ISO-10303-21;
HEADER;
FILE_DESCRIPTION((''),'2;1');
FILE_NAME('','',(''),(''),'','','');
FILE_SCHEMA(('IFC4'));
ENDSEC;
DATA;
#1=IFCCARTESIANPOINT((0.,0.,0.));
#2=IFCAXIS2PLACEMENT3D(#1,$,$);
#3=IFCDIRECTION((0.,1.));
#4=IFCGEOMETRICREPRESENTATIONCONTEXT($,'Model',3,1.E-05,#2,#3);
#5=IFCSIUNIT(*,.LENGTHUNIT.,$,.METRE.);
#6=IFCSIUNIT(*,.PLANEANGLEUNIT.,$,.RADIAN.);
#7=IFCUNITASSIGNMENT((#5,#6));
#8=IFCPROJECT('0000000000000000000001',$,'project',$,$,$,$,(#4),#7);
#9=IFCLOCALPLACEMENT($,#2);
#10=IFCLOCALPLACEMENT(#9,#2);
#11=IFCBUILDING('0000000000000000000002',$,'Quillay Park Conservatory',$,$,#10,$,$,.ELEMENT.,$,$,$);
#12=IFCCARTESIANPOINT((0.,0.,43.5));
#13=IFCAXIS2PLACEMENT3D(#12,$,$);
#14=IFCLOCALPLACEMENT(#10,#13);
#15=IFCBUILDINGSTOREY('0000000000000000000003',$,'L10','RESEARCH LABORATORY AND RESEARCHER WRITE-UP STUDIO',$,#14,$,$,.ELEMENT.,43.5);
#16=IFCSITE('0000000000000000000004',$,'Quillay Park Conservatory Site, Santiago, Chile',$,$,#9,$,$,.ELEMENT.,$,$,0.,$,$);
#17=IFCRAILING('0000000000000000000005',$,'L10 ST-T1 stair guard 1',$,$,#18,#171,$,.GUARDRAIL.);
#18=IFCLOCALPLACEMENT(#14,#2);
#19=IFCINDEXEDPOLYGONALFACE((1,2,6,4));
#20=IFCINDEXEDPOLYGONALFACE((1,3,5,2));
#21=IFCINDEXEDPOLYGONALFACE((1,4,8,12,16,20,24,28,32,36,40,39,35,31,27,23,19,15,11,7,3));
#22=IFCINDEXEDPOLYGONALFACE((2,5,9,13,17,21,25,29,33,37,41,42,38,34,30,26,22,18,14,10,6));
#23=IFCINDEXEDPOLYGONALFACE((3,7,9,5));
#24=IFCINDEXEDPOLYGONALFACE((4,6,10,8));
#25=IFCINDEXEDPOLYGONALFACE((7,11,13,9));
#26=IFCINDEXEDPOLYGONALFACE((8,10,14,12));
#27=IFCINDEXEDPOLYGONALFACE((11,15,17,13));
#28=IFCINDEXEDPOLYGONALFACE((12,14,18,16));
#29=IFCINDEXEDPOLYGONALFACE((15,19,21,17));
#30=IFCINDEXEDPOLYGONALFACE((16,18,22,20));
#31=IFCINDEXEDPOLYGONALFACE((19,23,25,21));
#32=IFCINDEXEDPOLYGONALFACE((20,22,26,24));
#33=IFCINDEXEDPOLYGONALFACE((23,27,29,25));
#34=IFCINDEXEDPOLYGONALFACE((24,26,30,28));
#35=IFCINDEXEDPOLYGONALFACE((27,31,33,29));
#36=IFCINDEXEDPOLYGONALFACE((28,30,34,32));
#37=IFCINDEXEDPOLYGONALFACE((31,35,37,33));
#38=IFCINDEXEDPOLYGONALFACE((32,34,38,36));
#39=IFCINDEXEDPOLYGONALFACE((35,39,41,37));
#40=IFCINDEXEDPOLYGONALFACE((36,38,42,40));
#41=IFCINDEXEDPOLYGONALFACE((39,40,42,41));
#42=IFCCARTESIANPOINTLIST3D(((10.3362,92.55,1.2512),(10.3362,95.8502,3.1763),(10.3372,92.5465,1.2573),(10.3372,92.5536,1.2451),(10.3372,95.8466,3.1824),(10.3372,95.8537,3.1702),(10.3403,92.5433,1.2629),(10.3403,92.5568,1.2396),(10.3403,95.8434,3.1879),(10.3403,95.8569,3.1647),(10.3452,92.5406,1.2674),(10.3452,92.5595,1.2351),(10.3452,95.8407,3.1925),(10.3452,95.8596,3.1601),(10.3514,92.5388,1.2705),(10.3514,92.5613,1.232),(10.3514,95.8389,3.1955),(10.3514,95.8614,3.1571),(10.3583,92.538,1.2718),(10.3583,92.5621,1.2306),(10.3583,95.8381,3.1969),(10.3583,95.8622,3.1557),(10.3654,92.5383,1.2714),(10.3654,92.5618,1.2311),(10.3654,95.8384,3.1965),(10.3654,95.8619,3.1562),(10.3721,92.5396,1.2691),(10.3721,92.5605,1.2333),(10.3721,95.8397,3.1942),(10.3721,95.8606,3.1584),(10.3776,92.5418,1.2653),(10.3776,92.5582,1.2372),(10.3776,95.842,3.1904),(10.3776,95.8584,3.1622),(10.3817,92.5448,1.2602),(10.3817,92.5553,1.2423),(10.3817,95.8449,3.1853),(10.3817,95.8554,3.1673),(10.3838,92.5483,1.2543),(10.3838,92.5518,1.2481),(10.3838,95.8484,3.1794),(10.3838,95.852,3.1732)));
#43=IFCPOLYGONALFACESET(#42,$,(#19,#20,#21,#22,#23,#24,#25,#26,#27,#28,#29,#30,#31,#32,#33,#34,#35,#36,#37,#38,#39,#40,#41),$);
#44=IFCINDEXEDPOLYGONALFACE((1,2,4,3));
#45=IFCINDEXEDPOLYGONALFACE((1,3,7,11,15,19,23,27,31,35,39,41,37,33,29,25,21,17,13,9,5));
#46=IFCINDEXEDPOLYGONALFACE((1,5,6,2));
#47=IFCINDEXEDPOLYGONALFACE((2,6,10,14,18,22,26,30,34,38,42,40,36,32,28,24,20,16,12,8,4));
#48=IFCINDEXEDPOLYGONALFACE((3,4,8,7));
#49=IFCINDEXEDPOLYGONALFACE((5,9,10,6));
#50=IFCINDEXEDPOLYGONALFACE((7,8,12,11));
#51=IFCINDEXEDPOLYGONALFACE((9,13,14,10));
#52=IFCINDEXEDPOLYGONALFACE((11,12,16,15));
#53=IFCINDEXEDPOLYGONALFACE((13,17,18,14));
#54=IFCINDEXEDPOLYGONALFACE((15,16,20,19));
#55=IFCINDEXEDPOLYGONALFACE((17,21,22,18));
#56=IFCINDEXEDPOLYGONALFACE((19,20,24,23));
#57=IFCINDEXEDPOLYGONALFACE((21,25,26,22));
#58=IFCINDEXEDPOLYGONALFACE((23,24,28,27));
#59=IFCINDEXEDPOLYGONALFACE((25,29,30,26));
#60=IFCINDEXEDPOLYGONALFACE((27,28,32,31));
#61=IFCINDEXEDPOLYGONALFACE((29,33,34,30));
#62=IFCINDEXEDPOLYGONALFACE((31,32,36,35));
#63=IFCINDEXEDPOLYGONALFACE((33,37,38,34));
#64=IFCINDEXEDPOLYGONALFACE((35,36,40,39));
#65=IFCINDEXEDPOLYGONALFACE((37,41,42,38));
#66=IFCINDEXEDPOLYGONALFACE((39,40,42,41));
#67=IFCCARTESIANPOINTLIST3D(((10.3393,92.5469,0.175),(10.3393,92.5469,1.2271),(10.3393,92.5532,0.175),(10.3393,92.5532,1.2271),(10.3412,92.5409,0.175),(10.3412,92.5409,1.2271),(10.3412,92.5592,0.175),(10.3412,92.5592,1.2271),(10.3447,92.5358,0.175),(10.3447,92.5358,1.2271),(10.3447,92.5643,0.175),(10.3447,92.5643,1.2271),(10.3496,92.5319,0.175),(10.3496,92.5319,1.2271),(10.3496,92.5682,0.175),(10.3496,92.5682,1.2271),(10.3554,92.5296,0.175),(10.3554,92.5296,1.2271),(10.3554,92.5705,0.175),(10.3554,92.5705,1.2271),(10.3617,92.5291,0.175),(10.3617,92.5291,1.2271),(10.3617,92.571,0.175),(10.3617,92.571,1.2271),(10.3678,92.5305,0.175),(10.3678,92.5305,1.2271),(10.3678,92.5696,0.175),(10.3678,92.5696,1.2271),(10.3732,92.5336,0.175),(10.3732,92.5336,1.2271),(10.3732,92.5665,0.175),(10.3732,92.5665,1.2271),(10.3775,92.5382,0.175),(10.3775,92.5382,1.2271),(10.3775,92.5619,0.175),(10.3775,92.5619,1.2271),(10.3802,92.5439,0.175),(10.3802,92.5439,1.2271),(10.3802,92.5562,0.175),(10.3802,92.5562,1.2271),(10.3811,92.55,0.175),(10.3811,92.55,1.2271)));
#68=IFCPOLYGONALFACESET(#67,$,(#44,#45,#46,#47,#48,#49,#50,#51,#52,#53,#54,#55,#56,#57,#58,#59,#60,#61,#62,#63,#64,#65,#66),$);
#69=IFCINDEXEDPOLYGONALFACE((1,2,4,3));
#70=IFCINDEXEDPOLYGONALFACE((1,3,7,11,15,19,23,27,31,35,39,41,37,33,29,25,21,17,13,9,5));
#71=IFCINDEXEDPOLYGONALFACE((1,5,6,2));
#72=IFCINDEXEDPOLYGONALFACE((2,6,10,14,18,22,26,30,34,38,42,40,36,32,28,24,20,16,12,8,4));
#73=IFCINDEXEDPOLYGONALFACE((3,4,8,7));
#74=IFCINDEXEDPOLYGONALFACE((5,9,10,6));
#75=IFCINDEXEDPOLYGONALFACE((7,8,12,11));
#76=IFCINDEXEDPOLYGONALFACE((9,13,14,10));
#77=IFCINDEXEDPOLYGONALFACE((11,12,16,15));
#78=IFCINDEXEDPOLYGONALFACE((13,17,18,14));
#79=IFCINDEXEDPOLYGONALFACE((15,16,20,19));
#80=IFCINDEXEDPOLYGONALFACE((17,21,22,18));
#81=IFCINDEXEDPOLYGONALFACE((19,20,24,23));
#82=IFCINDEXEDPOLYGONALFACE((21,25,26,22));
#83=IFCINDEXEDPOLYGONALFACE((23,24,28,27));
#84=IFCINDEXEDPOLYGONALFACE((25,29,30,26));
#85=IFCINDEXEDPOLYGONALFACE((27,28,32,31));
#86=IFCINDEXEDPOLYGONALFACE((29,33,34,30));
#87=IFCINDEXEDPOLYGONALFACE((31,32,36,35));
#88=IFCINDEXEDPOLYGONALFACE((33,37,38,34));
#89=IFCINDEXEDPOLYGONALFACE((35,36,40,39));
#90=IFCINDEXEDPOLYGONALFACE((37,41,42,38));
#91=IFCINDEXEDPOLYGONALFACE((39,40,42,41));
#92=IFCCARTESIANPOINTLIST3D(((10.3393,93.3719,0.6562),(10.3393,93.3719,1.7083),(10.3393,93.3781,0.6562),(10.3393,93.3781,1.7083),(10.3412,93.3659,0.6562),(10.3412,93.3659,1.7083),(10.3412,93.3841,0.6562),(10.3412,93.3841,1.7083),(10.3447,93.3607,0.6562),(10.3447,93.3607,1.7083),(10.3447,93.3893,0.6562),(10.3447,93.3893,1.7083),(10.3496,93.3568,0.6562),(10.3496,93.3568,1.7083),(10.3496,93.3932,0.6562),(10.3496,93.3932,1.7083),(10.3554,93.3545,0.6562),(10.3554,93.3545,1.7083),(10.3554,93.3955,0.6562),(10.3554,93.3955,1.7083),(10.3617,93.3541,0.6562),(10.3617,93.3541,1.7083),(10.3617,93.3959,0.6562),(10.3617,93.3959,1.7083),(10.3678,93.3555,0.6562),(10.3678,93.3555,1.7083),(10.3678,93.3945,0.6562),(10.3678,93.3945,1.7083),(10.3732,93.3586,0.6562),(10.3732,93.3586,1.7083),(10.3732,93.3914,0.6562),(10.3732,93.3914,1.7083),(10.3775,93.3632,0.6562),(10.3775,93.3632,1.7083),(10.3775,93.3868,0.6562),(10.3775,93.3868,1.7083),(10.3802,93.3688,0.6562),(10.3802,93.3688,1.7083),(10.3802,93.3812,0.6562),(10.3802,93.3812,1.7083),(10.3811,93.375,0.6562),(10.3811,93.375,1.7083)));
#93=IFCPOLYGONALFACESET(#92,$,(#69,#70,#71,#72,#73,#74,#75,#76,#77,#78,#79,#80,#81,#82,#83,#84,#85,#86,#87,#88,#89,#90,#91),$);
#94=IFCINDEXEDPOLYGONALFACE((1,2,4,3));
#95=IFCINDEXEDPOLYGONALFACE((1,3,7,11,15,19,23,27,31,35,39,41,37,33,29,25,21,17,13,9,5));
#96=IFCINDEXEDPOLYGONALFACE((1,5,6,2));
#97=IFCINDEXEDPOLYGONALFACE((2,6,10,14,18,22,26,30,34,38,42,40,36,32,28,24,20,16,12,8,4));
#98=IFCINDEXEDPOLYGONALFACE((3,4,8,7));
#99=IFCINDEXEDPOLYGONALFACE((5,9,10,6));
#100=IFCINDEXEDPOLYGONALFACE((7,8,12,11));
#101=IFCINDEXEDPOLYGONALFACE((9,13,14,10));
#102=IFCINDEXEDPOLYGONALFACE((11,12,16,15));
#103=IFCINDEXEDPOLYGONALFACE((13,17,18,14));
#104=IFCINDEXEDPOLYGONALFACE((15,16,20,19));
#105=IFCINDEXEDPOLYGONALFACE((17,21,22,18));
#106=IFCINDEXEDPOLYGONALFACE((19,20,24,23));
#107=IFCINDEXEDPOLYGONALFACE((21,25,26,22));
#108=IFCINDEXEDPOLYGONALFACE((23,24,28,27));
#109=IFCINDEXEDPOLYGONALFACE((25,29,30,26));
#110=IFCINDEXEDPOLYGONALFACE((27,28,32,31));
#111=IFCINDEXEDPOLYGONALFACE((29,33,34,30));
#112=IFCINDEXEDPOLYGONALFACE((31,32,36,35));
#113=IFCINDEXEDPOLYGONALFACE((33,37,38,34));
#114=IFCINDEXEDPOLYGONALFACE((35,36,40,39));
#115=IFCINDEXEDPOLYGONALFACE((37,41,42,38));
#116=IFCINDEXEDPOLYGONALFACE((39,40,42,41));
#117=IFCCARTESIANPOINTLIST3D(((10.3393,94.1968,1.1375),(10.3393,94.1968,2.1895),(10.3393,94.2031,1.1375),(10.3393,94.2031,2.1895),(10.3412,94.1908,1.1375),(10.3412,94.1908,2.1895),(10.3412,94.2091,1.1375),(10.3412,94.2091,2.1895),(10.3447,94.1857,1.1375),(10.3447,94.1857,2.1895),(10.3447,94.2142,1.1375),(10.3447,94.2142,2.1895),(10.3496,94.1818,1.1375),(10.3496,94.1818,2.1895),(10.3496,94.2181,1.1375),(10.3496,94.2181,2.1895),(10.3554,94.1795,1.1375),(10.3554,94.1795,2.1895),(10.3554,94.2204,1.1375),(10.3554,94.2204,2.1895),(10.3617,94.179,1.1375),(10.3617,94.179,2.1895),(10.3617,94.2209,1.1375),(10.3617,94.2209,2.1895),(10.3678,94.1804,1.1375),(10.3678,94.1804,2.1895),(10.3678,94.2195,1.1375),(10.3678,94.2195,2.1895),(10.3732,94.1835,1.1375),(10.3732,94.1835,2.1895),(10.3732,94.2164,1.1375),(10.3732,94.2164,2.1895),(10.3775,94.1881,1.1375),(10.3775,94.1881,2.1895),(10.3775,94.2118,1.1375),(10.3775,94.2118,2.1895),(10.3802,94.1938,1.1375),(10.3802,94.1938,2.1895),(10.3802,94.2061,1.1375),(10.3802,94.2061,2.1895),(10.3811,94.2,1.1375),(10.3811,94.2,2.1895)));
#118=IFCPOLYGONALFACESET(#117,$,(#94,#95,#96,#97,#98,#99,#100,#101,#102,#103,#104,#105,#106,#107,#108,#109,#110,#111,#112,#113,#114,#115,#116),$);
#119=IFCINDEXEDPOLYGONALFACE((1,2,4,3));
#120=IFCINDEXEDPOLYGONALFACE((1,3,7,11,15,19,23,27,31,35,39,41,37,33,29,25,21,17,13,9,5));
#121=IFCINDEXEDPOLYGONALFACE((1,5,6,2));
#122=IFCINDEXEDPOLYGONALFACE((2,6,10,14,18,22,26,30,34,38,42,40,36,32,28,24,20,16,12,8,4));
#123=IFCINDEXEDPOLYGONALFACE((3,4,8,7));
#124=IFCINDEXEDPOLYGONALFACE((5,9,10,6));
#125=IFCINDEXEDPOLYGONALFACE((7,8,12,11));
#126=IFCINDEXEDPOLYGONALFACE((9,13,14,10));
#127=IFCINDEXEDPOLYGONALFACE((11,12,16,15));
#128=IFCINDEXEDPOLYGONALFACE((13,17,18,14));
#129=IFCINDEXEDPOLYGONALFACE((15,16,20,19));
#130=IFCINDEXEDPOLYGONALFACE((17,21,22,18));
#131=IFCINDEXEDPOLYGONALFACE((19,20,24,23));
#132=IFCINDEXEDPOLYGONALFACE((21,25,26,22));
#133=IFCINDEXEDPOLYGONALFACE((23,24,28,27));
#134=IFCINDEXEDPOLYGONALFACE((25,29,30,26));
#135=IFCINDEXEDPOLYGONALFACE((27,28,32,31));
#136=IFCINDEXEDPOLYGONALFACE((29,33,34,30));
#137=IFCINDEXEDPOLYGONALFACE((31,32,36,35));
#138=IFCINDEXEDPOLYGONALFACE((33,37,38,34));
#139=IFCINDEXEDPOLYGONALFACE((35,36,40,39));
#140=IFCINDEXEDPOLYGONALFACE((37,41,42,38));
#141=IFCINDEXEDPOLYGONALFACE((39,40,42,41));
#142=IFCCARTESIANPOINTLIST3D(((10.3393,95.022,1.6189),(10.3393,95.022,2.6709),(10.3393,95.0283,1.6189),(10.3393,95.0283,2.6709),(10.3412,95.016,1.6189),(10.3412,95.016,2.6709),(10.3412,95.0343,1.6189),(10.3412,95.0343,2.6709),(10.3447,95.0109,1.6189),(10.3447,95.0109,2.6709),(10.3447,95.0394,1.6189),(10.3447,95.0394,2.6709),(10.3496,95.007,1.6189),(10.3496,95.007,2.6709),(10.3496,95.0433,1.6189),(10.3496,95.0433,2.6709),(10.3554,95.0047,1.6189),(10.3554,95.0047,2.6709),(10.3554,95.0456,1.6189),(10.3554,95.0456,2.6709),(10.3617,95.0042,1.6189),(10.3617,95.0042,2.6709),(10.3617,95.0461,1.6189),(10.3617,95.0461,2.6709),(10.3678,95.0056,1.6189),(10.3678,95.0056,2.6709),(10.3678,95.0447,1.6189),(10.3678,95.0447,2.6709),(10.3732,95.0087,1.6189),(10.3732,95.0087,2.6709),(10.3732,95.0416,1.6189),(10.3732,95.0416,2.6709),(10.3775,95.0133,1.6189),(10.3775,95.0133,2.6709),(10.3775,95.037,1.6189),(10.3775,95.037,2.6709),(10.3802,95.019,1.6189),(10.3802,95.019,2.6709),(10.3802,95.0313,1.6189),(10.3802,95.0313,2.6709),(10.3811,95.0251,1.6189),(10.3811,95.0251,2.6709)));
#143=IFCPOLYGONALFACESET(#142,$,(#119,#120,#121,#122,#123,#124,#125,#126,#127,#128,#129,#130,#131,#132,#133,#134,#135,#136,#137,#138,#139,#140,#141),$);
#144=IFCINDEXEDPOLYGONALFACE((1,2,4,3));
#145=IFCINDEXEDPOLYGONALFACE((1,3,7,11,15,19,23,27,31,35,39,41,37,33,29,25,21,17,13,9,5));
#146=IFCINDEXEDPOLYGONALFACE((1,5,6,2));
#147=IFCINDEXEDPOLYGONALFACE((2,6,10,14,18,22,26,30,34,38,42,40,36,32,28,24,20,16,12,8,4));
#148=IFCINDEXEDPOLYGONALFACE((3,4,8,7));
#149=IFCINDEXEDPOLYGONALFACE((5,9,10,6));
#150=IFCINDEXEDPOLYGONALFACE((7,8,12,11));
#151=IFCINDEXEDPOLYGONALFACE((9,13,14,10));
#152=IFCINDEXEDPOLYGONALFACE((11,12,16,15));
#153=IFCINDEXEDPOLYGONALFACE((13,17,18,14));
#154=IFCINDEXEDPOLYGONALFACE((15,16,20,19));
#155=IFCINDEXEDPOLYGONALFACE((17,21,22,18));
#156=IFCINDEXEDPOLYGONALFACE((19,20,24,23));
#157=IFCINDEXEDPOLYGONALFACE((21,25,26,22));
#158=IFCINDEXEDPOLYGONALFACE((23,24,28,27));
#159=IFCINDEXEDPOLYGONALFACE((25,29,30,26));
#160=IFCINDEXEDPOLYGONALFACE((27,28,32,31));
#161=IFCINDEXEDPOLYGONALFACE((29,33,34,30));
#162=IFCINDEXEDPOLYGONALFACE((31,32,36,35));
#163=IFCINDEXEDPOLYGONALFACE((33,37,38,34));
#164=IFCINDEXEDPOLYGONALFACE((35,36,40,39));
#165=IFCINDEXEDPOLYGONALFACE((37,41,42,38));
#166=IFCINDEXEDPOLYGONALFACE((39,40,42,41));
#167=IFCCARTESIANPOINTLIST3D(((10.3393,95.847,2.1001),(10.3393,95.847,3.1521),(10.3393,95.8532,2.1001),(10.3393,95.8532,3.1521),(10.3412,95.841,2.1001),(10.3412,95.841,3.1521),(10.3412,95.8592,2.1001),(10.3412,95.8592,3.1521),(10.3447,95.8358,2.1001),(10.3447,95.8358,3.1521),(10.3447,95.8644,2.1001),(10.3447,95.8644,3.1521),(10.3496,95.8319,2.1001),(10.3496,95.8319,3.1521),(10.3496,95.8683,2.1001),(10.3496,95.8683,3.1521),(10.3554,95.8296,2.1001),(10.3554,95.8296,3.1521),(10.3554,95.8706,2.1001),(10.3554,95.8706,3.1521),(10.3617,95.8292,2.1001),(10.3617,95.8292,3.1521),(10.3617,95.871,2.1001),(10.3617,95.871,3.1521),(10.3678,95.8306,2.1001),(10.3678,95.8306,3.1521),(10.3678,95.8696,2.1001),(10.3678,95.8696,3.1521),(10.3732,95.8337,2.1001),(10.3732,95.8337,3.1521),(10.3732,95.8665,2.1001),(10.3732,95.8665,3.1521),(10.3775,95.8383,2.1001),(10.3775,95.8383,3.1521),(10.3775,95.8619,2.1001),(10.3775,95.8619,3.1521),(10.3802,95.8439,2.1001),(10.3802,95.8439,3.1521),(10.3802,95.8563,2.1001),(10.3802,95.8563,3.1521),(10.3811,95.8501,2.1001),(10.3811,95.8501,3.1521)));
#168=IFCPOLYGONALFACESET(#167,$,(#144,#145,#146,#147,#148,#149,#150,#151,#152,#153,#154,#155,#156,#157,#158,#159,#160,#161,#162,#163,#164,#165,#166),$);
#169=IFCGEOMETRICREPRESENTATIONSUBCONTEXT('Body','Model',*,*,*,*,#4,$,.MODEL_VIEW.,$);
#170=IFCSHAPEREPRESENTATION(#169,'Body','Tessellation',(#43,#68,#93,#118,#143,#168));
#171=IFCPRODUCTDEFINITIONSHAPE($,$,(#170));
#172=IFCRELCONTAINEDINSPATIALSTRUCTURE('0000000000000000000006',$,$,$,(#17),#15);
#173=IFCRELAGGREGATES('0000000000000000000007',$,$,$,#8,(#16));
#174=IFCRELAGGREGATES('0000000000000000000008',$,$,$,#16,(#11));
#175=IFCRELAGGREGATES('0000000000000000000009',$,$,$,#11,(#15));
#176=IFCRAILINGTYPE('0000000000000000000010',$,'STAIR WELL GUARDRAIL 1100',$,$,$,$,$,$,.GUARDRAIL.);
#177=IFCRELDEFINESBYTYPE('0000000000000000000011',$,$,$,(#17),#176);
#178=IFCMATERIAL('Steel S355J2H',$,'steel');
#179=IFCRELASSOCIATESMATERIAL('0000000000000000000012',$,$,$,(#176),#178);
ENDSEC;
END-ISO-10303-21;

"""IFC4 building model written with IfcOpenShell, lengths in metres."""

from ifc_helpers import new_model, si_unit, direction, frame, origin, origin_2d, place, context, subcontext, project, spatial, circle, extrude, material, type_object, element, save


model = new_model("IFC4")

# Units and contexts
model_context = context("Model", 3, precision=1e-05, world=origin(), true_north=direction((0.0, 1.0)))
body_context = subcontext(model_context, "Body", "Model", "MODEL_VIEW")
ifc_project = project(units=[si_unit("LENGTHUNIT", "METRE"), si_unit("PLANEANGLEUNIT", "RADIAN")], contexts=[model_context])

# Site, building, storey
site_placement = place(None, origin())
site = spatial("IfcSite", under=ifc_project, at=site_placement, Name="Quillay Park Conservatory Site, Santiago, Chile", CompositionType="ELEMENT", RefElevation=0.0)
building_placement = place(site_placement, origin())
building = spatial("IfcBuilding", under=site, at=building_placement, Name="Quillay Park Conservatory", CompositionType="ELEMENT")
storey_placement = place(building_placement, frame((0.0, 0.0, 43.5)))
storey = spatial("IfcBuildingStorey", under=building, at=storey_placement, Name="L10", Description="RESEARCH LABORATORY AND RESEARCHER WRITE-UP STUDIO", CompositionType="ELEMENT", Elevation=43.5)

# Railing
ifc_material_1 = material(Name="Steel S355J2H", Category="steel")
railing_type_1 = type_object("IfcRailingType", Name="STAIR WELL GUARDRAIL 1100", PredefinedType="GUARDRAIL", material=ifc_material_1)
railing_1_placement = place(storey_placement, frame((10.3601, 92.55, 0.175)))
element("IfcRailing", 1, at=railing_1_placement, inside=storey, type_object=railing_type_1, Name="L10 ST-T1 stair guard 1", PredefinedType="GUARDRAIL", context=body_context, shape_type="SweptSolid", body=[
    extrude(circle(Radius=0.0239, at=origin_2d()), frame((0.0, 0.0, 1.0762), z_axis=(0.0, 0.863777, 0.503875), x_axis=(-1.0, 0.0, 0.0)), (0.0, 0.0, 1.0), 3.8206),
    extrude(circle(Radius=0.021, at=origin_2d()), origin(), (0.0, 0.0, 1.0), 1.052),
    extrude(circle(Radius=0.021, at=origin_2d()), frame((0.0, 0.825, 0.4812)), (0.0, 0.0, 1.0), 1.052),
    extrude(circle(Radius=0.021, at=origin_2d()), frame((0.0, 1.6499, 0.9624)), (0.0, 0.0, 1.0), 1.052),
    extrude(circle(Radius=0.021, at=origin_2d()), frame((0.0, 2.4751, 1.4438)), (0.0, 0.0, 1.0), 1.052),
    extrude(circle(Radius=0.021, at=origin_2d()), frame((0.0, 3.3, 1.925)), (0.0, 0.0, 1.0), 1.052),
])

save(model, "model.ifc")
